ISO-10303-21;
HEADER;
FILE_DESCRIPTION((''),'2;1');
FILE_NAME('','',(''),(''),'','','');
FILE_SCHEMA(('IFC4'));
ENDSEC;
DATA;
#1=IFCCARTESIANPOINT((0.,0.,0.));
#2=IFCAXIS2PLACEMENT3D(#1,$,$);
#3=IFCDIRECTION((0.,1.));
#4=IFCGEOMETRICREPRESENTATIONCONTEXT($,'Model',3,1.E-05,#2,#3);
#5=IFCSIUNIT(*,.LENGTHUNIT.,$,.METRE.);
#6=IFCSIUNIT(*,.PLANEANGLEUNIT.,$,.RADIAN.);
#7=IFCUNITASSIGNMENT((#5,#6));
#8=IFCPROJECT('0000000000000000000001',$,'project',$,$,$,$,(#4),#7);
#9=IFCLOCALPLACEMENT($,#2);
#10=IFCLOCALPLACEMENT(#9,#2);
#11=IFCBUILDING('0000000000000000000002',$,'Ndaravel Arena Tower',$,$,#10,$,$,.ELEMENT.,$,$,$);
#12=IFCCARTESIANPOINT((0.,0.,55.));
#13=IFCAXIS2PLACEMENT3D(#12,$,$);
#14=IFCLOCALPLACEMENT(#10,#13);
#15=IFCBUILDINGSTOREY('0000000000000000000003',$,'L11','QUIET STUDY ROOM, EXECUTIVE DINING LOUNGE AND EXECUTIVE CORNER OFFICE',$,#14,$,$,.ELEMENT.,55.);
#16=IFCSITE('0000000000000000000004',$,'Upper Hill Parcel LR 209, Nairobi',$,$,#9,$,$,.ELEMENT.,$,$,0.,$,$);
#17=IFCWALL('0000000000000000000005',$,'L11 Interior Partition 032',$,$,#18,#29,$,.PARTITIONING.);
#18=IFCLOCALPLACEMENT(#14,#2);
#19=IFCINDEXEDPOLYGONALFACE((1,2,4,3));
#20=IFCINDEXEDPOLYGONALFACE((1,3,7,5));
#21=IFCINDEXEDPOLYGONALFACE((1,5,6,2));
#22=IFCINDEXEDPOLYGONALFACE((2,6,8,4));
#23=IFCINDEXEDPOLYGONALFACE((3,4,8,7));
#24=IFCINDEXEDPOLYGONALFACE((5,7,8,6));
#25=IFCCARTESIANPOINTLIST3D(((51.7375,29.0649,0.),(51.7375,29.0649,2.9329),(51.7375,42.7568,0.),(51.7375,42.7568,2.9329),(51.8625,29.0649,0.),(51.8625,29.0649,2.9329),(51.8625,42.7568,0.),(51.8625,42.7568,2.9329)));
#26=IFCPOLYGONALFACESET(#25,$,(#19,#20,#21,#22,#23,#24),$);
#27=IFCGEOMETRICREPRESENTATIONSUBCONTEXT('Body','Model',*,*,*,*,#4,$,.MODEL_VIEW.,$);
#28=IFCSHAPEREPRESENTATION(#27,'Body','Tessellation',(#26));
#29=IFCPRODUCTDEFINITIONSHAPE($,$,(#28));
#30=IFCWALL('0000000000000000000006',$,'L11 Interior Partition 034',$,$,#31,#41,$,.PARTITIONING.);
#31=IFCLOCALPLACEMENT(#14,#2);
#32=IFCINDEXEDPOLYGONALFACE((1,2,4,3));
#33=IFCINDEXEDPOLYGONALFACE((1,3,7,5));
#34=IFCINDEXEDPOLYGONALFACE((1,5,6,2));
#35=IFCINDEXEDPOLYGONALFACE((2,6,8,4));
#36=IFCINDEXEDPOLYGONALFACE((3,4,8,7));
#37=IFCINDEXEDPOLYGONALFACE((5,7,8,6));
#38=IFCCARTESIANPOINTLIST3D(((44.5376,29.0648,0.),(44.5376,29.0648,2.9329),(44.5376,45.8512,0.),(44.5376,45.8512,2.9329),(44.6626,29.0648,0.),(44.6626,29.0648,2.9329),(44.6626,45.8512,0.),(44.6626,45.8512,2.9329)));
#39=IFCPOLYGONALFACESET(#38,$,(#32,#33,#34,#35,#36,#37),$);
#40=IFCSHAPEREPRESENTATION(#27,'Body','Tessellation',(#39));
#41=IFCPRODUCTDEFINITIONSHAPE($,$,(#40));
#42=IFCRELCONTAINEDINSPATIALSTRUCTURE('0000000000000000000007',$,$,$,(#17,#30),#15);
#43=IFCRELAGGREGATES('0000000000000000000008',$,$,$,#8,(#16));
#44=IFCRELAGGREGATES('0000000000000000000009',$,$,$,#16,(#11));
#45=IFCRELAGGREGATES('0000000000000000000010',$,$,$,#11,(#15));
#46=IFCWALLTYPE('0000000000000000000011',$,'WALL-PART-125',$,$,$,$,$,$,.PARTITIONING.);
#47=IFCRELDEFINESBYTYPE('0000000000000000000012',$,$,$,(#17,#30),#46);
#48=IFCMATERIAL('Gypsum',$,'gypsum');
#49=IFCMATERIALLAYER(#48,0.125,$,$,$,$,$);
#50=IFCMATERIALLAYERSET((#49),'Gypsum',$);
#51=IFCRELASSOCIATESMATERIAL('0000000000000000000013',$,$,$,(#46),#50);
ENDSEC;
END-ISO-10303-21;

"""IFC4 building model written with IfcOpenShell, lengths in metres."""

from ifc_helpers import new_model, si_unit, direction, frame, frame_2d, origin, place, context, subcontext, project, spatial, rectangle, extrude, material, layer, layer_set, type_object, element, save


model = new_model("IFC4")

# Units and contexts
model_context = context("Model", 3, precision=1e-05, world=origin(), true_north=direction((0.0, 1.0)))
body_context = subcontext(model_context, "Body", "Model", "MODEL_VIEW")
ifc_project = project(units=[si_unit("LENGTHUNIT", "METRE"), si_unit("PLANEANGLEUNIT", "RADIAN")], contexts=[model_context])

# Site, building, storey
site_placement = place(None, origin())
site = spatial("IfcSite", under=ifc_project, at=site_placement, Name="Upper Hill Parcel LR 209, Nairobi", CompositionType="ELEMENT", RefElevation=0.0)
building_placement = place(site_placement, origin())
building = spatial("IfcBuilding", under=site, at=building_placement, Name="Ndaravel Arena Tower", CompositionType="ELEMENT")
storey_placement = place(building_placement, frame((0.0, 0.0, 55.0)))
storey = spatial("IfcBuildingStorey", under=building, at=storey_placement, Name="L11", Description="QUIET STUDY ROOM, EXECUTIVE DINING LOUNGE AND EXECUTIVE CORNER OFFICE", CompositionType="ELEMENT", Elevation=55.0)

# Shared definitions
ifc_material_1 = material(Name="Gypsum", Category="gypsum")
ifc_layer_1 = layer(ifc_material_1, 0.125)
ifc_layer_set_1 = layer_set([ifc_layer_1], Name="Gypsum")
wall_type = type_object("IfcWallType", Name="WALL-PART-125", PredefinedType="PARTITIONING", material=ifc_layer_set_1)

# Walls
wall_1_placement = place(storey_placement, frame((51.8, 29.0649, 0.0), z_axis=(0.0, 0.0, 1.0), x_axis=(0.0, 1.0, 0.0)))
element("IfcWall", 1, at=wall_1_placement, inside=storey, type_object=wall_type, Name="L11 Interior Partition 032", PredefinedType="PARTITIONING", context=body_context, shape_type="SweptSolid", body=[
    extrude(rectangle(XDim=13.6919, YDim=0.125, at=frame_2d((6.8459, 0.0))), origin(), (0.0, 0.0, 1.0), 2.9329),
])
wall_2_placement = place(storey_placement, frame((44.6001, 29.0649, 0.0), z_axis=(0.0, 0.0, 1.0), x_axis=(0.0, 1.0, 0.0)))
element("IfcWall", 2, at=wall_2_placement, inside=storey, type_object=wall_type, Name="L11 Interior Partition 034", PredefinedType="PARTITIONING", context=body_context, shape_type="SweptSolid", body=[
    extrude(rectangle(XDim=16.7864, YDim=0.125, at=frame_2d((8.3931, 0.0))), origin(), (0.0, 0.0, 1.0), 2.9329),
])

save(model, "model.ifc")
